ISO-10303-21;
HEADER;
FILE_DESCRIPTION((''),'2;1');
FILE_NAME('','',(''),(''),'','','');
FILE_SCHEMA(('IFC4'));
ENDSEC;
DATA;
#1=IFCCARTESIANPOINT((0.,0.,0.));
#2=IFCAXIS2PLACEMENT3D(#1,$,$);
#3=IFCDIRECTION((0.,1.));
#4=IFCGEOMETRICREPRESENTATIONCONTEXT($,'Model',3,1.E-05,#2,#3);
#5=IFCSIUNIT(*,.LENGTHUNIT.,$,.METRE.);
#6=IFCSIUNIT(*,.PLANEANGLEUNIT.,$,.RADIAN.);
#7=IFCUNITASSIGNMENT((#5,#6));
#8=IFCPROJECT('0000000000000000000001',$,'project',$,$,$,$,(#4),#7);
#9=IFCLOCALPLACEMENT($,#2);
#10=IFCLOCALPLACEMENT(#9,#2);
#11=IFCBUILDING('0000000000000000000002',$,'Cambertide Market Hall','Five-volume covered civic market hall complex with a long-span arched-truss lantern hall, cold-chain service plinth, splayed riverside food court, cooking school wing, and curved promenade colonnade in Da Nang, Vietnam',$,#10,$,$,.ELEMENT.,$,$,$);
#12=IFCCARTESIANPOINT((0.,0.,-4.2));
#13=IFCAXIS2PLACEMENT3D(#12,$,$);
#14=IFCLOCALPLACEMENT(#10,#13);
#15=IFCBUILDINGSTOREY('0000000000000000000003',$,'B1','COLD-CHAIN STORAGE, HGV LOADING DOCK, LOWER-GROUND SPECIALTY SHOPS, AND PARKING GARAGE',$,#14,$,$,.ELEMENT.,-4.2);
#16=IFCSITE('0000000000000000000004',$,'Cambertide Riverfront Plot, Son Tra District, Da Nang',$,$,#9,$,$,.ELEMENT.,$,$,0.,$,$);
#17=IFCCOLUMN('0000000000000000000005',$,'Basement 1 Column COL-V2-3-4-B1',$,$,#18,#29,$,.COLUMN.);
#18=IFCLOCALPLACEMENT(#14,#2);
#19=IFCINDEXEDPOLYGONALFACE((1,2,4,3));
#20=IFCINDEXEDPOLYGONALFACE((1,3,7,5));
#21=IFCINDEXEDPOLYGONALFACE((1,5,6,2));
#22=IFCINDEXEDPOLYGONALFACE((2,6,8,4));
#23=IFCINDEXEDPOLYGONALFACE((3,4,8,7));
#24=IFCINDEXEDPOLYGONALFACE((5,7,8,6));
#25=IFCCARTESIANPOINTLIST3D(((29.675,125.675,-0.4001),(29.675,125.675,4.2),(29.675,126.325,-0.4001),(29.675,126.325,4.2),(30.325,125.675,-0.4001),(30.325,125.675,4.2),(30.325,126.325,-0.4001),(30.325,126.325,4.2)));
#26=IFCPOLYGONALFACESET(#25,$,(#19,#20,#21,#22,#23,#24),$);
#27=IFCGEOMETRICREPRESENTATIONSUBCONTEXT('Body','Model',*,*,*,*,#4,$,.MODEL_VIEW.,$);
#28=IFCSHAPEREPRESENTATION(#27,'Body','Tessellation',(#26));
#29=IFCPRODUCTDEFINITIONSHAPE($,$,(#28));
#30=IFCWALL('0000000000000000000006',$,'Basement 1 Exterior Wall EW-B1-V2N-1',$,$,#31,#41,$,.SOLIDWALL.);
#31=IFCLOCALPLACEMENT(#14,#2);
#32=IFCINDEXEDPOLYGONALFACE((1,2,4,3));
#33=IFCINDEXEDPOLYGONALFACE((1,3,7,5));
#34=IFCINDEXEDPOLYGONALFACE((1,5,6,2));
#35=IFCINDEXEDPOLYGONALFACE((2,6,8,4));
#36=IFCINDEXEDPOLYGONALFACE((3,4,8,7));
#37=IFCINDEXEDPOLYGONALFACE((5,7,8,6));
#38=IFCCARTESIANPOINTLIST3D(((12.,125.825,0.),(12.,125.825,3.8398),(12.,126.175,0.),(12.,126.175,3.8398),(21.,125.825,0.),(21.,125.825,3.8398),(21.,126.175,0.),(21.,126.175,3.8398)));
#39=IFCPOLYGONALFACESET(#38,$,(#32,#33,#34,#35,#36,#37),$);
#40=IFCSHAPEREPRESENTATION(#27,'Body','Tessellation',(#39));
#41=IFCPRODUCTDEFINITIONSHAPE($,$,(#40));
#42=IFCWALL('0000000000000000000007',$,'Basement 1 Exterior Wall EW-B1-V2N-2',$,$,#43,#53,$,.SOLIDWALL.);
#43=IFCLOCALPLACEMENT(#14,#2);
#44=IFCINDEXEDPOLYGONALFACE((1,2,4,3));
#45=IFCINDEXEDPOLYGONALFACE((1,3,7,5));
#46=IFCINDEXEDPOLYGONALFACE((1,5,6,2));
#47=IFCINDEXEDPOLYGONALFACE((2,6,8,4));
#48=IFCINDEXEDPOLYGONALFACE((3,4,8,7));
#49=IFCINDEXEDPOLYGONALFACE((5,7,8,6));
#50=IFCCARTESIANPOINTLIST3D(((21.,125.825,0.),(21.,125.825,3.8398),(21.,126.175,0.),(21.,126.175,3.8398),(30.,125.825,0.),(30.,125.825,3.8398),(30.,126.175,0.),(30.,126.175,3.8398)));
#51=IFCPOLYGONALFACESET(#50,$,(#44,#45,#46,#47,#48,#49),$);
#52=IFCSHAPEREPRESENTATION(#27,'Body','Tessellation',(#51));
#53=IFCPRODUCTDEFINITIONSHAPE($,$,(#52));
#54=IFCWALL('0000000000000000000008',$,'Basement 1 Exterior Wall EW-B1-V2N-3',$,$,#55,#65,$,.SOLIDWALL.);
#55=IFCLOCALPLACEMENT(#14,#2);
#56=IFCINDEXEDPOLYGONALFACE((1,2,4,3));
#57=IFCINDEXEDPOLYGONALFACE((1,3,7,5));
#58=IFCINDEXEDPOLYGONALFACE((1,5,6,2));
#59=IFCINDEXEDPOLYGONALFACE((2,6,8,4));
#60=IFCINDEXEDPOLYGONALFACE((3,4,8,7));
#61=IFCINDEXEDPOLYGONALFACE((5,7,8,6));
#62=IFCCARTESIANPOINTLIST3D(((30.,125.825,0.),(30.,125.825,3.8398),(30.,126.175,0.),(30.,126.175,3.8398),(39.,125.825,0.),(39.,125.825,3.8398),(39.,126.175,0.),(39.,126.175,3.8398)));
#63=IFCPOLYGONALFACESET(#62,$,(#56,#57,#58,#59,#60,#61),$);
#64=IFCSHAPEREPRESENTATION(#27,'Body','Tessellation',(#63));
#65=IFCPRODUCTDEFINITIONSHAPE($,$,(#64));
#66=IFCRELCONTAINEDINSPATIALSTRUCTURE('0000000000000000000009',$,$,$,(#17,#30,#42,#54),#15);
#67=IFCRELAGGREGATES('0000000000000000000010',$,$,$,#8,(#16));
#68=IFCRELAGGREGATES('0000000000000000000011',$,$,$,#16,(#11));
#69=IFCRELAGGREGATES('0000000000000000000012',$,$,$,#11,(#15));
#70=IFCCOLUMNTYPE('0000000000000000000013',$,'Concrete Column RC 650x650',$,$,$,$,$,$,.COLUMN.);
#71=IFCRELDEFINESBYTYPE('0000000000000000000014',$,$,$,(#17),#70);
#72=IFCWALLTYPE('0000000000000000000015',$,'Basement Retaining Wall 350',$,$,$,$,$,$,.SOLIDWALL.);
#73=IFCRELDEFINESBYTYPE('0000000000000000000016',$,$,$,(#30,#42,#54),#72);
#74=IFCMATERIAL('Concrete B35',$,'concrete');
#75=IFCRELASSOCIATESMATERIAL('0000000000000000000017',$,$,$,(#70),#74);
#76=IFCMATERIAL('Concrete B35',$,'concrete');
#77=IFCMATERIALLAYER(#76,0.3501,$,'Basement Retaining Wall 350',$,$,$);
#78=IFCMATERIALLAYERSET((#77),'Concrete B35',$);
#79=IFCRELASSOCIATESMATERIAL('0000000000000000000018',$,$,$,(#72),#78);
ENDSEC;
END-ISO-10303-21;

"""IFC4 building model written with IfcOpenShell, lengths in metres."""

from ifc_helpers import new_model, si_unit, direction, frame, frame_2d, origin, origin_2d, place, context, subcontext, project, spatial, rectangle, extrude, material, layer, layer_set, material_profile, profile_set, type_object, element, save


model = new_model("IFC4")

# Units and contexts
model_context = context("Model", 3, precision=1e-05, world=origin(), true_north=direction((0.0, 1.0)))
body_context = subcontext(model_context, "Body", "Model", "MODEL_VIEW")
ifc_project = project(units=[si_unit("LENGTHUNIT", "METRE"), si_unit("PLANEANGLEUNIT", "RADIAN")], contexts=[model_context])

# Site, building, storey
site_placement = place(None, origin())
site = spatial("IfcSite", under=ifc_project, at=site_placement, Name="Cambertide Riverfront Plot, Son Tra District, Da Nang", CompositionType="ELEMENT", RefElevation=0.0)
building_placement = place(site_placement, origin())
building = spatial("IfcBuilding", under=site, at=building_placement, Name="Cambertide Market Hall", Description="Five-volume covered civic market hall complex with a long-span arched-truss lantern hall, cold-chain service plinth, splayed riverside food court, cooking school wing, and curved promenade colonnade in Da Nang, Vietnam", CompositionType="ELEMENT")
storey_placement = place(building_placement, frame((0.0, 0.0, -4.2)))
storey = spatial("IfcBuildingStorey", under=building, at=storey_placement, Name="B1", Description="COLD-CHAIN STORAGE, HGV LOADING DOCK, LOWER-GROUND SPECIALTY SHOPS, AND PARKING GARAGE", CompositionType="ELEMENT", Elevation=-4.2)

# Column
ifc_material_1 = material(Name="Concrete B35", Category="concrete")
ifc_material_profile_1 = material_profile(ifc_material_1, rectangle(XDim=0.6499, YDim=0.6499, at=origin_2d()), Name="RC 650x650")
ifc_profile_set_1 = profile_set([ifc_material_profile_1], Name="Concrete B35")
column_type = type_object("IfcColumnType", Name="Concrete Column RC 650x650", PredefinedType="COLUMN", material=ifc_profile_set_1)
for number, where, z_axis, x_axis, name in (
    (1, (30.0, 126.0, -0.4001), (0.0, 0.0, 1.0), (1.0, 0.0, 0.0), "Basement 1 Column COL-V2-3-4-B1"),
):
    element("IfcColumn", number, at=place(storey_placement, frame(where, z_axis=z_axis, x_axis=x_axis)), inside=storey, type_object=column_type, Name=name, PredefinedType="COLUMN", context=body_context, shape_type="SweptSolid", body=[
        extrude(rectangle(XDim=0.6499, YDim=0.6499, at=origin_2d()), origin(), (0.0, 0.0, 1.0), 4.6001),
    ])

# Walls
ifc_material_2 = material(Name="Concrete B35", Category="concrete")
ifc_layer = layer(ifc_material_2, 0.3501, Name="Basement Retaining Wall 350")
ifc_layer_set = layer_set([ifc_layer], Name="Concrete B35")
wall_type = type_object("IfcWallType", Name="Basement Retaining Wall 350", PredefinedType="SOLIDWALL", material=ifc_layer_set)
for number, where, z_axis, x_axis, name in (
    (2, (12.0, 126.0, 0.0), (0.0, 0.0, 1.0), (1.0, 0.0, 0.0), "Basement 1 Exterior Wall EW-B1-V2N-1"),
    (3, (21.0, 126.0, 0.0), (0.0, 0.0, 1.0), (1.0, 0.0, 0.0), "Basement 1 Exterior Wall EW-B1-V2N-2"),
    (4, (30.0, 126.0, 0.0), (0.0, 0.0, 1.0), (1.0, 0.0, 0.0), "Basement 1 Exterior Wall EW-B1-V2N-3"),
):
    element("IfcWall", number, at=place(storey_placement, frame(where, z_axis=z_axis, x_axis=x_axis)), inside=storey, type_object=wall_type, Name=name, PredefinedType="SOLIDWALL", context=body_context, shape_type="SweptSolid", body=[
        extrude(rectangle(XDim=9.0, YDim=0.3501, at=frame_2d((4.5, 0.0))), origin(), (0.0, 0.0, 1.0), 3.8398),
    ])

save(model, "model.ifc")
